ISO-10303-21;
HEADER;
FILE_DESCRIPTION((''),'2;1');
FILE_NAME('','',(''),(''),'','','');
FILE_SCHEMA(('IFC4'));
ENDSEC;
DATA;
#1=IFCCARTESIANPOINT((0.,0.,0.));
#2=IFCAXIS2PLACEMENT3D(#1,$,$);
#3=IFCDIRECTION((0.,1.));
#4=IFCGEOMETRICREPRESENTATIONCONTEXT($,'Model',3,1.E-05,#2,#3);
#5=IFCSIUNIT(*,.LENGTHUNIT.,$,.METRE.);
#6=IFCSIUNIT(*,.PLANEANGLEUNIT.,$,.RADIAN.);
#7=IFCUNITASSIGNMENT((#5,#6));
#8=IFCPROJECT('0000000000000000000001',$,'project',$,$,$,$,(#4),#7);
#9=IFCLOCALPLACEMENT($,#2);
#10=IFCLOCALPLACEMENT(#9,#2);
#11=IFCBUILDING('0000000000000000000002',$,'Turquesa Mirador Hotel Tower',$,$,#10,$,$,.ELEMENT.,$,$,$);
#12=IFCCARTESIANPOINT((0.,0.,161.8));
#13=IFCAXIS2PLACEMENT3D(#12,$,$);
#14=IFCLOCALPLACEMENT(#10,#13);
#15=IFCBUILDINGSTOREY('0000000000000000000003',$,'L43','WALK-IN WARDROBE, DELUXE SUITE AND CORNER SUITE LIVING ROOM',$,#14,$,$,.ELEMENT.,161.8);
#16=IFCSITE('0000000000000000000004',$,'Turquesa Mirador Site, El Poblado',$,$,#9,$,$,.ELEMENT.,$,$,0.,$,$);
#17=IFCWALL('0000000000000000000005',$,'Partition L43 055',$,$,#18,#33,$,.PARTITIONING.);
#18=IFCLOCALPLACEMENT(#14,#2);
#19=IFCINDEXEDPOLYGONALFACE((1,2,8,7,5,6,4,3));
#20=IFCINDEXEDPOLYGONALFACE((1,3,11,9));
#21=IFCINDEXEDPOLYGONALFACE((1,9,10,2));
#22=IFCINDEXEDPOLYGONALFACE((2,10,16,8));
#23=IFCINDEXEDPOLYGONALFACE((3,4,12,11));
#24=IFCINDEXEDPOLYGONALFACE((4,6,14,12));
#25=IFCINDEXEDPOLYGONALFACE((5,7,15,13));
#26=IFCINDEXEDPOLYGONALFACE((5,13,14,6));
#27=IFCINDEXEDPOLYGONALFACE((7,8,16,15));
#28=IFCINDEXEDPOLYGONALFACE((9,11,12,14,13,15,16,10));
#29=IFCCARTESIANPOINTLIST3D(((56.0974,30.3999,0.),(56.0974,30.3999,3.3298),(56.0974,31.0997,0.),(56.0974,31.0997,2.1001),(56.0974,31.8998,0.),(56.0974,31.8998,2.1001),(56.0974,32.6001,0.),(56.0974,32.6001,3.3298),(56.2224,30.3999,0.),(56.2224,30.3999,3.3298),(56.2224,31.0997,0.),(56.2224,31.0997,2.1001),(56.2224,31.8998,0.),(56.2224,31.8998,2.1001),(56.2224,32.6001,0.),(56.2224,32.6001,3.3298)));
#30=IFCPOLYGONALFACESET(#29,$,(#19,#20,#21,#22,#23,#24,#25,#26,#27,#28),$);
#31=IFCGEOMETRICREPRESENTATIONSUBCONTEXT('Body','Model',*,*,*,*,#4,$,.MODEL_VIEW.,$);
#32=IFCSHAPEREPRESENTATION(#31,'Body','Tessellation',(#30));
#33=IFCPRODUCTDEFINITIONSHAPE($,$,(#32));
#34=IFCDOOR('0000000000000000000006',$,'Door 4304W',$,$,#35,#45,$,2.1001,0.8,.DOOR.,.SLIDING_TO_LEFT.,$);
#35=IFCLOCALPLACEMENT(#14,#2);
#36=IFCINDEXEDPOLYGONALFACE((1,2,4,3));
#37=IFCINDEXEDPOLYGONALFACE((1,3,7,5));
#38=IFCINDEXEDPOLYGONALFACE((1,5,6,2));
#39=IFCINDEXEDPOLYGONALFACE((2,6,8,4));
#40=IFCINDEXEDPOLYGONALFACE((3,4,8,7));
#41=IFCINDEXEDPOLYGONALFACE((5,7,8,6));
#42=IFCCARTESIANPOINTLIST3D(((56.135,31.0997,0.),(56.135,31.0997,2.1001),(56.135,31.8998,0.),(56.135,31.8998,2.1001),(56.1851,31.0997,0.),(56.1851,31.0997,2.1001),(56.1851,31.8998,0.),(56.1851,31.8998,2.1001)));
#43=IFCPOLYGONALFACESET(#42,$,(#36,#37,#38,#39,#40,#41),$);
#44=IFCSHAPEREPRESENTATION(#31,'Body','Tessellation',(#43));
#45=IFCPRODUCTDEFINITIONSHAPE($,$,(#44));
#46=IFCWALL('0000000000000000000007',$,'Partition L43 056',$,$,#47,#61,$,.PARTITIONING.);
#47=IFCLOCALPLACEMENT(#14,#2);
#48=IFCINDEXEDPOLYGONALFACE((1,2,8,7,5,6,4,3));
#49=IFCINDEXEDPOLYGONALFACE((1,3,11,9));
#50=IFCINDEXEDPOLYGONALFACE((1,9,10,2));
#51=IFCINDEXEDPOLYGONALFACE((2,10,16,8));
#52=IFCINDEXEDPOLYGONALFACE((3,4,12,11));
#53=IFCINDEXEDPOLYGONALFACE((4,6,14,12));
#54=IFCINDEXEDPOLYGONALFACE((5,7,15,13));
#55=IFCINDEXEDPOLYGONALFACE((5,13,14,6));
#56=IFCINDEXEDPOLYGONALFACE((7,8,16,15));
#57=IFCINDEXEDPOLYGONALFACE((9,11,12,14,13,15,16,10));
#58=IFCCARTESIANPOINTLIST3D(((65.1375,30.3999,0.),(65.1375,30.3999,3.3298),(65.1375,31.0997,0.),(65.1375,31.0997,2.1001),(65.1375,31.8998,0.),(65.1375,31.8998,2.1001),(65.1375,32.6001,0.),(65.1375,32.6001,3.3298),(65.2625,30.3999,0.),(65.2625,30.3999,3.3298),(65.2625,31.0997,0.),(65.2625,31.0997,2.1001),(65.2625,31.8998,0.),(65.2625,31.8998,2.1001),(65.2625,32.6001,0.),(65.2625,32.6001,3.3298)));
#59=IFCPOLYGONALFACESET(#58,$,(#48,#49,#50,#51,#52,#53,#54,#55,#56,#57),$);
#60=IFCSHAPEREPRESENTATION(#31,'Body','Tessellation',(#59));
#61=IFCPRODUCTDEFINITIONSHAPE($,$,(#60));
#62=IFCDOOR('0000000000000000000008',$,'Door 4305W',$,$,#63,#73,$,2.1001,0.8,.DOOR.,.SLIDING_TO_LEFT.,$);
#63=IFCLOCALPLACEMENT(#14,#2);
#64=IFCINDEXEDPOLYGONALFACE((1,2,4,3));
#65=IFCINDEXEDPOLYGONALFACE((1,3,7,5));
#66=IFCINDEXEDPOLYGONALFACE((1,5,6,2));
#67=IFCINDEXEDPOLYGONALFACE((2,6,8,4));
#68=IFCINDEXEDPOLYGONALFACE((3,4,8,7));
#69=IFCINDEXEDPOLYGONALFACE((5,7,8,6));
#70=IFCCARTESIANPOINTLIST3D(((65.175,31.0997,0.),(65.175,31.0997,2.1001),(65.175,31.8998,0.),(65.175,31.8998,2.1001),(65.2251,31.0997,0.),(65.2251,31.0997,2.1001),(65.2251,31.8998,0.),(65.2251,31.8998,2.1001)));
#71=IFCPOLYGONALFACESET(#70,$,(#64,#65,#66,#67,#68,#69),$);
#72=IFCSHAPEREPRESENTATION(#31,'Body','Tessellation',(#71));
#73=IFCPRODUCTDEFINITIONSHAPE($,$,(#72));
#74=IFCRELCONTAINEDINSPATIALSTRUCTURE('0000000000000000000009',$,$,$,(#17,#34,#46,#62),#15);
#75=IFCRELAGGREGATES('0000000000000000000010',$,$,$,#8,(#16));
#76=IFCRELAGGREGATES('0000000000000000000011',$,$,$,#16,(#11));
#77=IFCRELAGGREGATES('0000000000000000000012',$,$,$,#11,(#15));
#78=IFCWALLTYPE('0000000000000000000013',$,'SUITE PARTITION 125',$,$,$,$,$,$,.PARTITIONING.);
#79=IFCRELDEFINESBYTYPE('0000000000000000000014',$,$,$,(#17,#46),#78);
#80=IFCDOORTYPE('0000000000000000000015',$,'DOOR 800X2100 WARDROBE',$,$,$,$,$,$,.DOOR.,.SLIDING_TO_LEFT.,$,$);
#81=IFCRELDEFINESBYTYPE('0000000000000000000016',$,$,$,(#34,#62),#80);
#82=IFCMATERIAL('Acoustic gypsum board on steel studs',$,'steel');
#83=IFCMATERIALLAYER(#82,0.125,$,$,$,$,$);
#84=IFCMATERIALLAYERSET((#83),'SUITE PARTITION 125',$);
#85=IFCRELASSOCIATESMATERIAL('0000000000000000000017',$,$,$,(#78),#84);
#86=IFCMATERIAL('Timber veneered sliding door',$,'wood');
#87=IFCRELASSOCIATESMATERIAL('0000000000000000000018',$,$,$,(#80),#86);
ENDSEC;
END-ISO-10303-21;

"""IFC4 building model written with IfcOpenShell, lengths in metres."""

from ifc_helpers import new_model, si_unit, direction, frame, frame_2d, origin, place, context, subcontext, project, spatial, rectangle, extrude, material, layer, layer_set, type_object, element, fill, save


model = new_model("IFC4")

# Units and contexts
model_context = context("Model", 3, precision=1e-05, world=origin(), true_north=direction((0.0, 1.0)))
body_context = subcontext(model_context, "Body", "Model", "MODEL_VIEW")
ifc_project = project(units=[si_unit("LENGTHUNIT", "METRE"), si_unit("PLANEANGLEUNIT", "RADIAN")], contexts=[model_context])

# Site, building, storey
site_placement = place(None, origin())
site = spatial("IfcSite", under=ifc_project, at=site_placement, Name="Turquesa Mirador Site, El Poblado", CompositionType="ELEMENT", RefElevation=0.0)
building_placement = place(site_placement, origin())
building = spatial("IfcBuilding", under=site, at=building_placement, Name="Turquesa Mirador Hotel Tower", CompositionType="ELEMENT")
storey_placement = place(building_placement, frame((0.0, 0.0, 161.8)))
storey = spatial("IfcBuildingStorey", under=building, at=storey_placement, Name="L43", Description="WALK-IN WARDROBE, DELUXE SUITE AND CORNER SUITE LIVING ROOM", CompositionType="ELEMENT", Elevation=161.8)

# Shared definitions
ifc_material_1 = material(Name="Acoustic gypsum board on steel studs", Category="steel")
ifc_layer_1 = layer(ifc_material_1, 0.125)
ifc_layer_set_1 = layer_set([ifc_layer_1], Name="SUITE PARTITION 125")
wall_type_1 = type_object("IfcWallType", Name="SUITE PARTITION 125", PredefinedType="PARTITIONING", material=ifc_layer_set_1)

# Walls, openings, doors
wall_1_placement = place(storey_placement, frame((56.1599, 30.3999, 0.0), z_axis=(0.0, 0.0, 1.0), x_axis=(0.0, 1.0, 0.0)))
wall_1 = element("IfcWall", 1, at=wall_1_placement, inside=storey, type_object=wall_type_1, Name="Partition L43 055", PredefinedType="PARTITIONING", context=body_context, shape_type="SweptSolid", body=[
    extrude(rectangle(XDim=2.2002, YDim=0.125, at=frame_2d((1.1001, 0.0))), origin(), (0.0, 0.0, 1.0), 3.3298),
])
opening_1_placement = place(wall_1_placement, frame((0.7, 0.0, 0.0)))
opening_1 = element("IfcOpeningElement", 2, at=opening_1_placement, cuts=wall_1, PredefinedType="OPENING", context=body_context, shape_type="SweptSolid", body=[
    extrude(rectangle(XDim=0.8, YDim=2.1001, at=frame_2d((0.3999, 1.05))), frame((0.0, 0.0725, 0.0), z_axis=(0.0, -1.0, 0.0), x_axis=(1.0, 0.0, 0.0)), (0.0, 0.0, 1.0), 0.145),
])
ifc_material_2 = material(Name="Timber veneered sliding door", Category="wood")
door_type_1 = type_object("IfcDoorType", Name="DOOR 800X2100 WARDROBE", OperationType="SLIDING_TO_LEFT", PredefinedType="DOOR", material=ifc_material_2)
door_1_placement = place(opening_1_placement, origin())
door_1 = element("IfcDoor", 3, at=door_1_placement, inside=storey, type_object=door_type_1, Name="Door 4304W", OperationType="SLIDING_TO_LEFT", OverallHeight=2.1001, OverallWidth=0.8, PredefinedType="DOOR", context=body_context, shape_type="SweptSolid", body=[
    extrude(rectangle(XDim=0.8, YDim=2.1001, at=frame_2d((0.3999, 1.05))), frame((0.0, 0.0249, 0.0), z_axis=(0.0, -1.0, 0.0), x_axis=(1.0, 0.0, 0.0)), (0.0, 0.0, 1.0), 0.05),
])
fill(opening_1, door_1)
wall_2_placement = place(storey_placement, frame((65.2, 30.3999, 0.0), z_axis=(0.0, 0.0, 1.0), x_axis=(0.0, 1.0, 0.0)))
wall_2 = element("IfcWall", 4, at=wall_2_placement, inside=storey, type_object=wall_type_1, Name="Partition L43 056", PredefinedType="PARTITIONING", context=body_context, shape_type="SweptSolid", body=[
    extrude(rectangle(XDim=2.2002, YDim=0.125, at=frame_2d((1.1001, 0.0))), origin(), (0.0, 0.0, 1.0), 3.3298),
])
opening_2_placement = place(wall_2_placement, frame((0.7, 0.0, 0.0)))
opening_2 = element("IfcOpeningElement", 5, at=opening_2_placement, cuts=wall_2, PredefinedType="OPENING", context=body_context, shape_type="SweptSolid", body=[
    extrude(rectangle(XDim=0.8, YDim=2.1001, at=frame_2d((0.3999, 1.05))), frame((0.0, 0.0725, 0.0), z_axis=(0.0, -1.0, 0.0), x_axis=(1.0, 0.0, 0.0)), (0.0, 0.0, 1.0), 0.145),
])
door_2_placement = place(opening_2_placement, origin())
door_2 = element("IfcDoor", 6, at=door_2_placement, inside=storey, type_object=door_type_1, Name="Door 4305W", OperationType="SLIDING_TO_LEFT", OverallHeight=2.1001, OverallWidth=0.8, PredefinedType="DOOR", context=body_context, shape_type="SweptSolid", body=[
    extrude(rectangle(XDim=0.8, YDim=2.1001, at=frame_2d((0.3999, 1.05))), frame((0.0, 0.0249, 0.0), z_axis=(0.0, -1.0, 0.0), x_axis=(1.0, 0.0, 0.0)), (0.0, 0.0, 1.0), 0.05),
])
fill(opening_2, door_2)

save(model, "model.ifc")
